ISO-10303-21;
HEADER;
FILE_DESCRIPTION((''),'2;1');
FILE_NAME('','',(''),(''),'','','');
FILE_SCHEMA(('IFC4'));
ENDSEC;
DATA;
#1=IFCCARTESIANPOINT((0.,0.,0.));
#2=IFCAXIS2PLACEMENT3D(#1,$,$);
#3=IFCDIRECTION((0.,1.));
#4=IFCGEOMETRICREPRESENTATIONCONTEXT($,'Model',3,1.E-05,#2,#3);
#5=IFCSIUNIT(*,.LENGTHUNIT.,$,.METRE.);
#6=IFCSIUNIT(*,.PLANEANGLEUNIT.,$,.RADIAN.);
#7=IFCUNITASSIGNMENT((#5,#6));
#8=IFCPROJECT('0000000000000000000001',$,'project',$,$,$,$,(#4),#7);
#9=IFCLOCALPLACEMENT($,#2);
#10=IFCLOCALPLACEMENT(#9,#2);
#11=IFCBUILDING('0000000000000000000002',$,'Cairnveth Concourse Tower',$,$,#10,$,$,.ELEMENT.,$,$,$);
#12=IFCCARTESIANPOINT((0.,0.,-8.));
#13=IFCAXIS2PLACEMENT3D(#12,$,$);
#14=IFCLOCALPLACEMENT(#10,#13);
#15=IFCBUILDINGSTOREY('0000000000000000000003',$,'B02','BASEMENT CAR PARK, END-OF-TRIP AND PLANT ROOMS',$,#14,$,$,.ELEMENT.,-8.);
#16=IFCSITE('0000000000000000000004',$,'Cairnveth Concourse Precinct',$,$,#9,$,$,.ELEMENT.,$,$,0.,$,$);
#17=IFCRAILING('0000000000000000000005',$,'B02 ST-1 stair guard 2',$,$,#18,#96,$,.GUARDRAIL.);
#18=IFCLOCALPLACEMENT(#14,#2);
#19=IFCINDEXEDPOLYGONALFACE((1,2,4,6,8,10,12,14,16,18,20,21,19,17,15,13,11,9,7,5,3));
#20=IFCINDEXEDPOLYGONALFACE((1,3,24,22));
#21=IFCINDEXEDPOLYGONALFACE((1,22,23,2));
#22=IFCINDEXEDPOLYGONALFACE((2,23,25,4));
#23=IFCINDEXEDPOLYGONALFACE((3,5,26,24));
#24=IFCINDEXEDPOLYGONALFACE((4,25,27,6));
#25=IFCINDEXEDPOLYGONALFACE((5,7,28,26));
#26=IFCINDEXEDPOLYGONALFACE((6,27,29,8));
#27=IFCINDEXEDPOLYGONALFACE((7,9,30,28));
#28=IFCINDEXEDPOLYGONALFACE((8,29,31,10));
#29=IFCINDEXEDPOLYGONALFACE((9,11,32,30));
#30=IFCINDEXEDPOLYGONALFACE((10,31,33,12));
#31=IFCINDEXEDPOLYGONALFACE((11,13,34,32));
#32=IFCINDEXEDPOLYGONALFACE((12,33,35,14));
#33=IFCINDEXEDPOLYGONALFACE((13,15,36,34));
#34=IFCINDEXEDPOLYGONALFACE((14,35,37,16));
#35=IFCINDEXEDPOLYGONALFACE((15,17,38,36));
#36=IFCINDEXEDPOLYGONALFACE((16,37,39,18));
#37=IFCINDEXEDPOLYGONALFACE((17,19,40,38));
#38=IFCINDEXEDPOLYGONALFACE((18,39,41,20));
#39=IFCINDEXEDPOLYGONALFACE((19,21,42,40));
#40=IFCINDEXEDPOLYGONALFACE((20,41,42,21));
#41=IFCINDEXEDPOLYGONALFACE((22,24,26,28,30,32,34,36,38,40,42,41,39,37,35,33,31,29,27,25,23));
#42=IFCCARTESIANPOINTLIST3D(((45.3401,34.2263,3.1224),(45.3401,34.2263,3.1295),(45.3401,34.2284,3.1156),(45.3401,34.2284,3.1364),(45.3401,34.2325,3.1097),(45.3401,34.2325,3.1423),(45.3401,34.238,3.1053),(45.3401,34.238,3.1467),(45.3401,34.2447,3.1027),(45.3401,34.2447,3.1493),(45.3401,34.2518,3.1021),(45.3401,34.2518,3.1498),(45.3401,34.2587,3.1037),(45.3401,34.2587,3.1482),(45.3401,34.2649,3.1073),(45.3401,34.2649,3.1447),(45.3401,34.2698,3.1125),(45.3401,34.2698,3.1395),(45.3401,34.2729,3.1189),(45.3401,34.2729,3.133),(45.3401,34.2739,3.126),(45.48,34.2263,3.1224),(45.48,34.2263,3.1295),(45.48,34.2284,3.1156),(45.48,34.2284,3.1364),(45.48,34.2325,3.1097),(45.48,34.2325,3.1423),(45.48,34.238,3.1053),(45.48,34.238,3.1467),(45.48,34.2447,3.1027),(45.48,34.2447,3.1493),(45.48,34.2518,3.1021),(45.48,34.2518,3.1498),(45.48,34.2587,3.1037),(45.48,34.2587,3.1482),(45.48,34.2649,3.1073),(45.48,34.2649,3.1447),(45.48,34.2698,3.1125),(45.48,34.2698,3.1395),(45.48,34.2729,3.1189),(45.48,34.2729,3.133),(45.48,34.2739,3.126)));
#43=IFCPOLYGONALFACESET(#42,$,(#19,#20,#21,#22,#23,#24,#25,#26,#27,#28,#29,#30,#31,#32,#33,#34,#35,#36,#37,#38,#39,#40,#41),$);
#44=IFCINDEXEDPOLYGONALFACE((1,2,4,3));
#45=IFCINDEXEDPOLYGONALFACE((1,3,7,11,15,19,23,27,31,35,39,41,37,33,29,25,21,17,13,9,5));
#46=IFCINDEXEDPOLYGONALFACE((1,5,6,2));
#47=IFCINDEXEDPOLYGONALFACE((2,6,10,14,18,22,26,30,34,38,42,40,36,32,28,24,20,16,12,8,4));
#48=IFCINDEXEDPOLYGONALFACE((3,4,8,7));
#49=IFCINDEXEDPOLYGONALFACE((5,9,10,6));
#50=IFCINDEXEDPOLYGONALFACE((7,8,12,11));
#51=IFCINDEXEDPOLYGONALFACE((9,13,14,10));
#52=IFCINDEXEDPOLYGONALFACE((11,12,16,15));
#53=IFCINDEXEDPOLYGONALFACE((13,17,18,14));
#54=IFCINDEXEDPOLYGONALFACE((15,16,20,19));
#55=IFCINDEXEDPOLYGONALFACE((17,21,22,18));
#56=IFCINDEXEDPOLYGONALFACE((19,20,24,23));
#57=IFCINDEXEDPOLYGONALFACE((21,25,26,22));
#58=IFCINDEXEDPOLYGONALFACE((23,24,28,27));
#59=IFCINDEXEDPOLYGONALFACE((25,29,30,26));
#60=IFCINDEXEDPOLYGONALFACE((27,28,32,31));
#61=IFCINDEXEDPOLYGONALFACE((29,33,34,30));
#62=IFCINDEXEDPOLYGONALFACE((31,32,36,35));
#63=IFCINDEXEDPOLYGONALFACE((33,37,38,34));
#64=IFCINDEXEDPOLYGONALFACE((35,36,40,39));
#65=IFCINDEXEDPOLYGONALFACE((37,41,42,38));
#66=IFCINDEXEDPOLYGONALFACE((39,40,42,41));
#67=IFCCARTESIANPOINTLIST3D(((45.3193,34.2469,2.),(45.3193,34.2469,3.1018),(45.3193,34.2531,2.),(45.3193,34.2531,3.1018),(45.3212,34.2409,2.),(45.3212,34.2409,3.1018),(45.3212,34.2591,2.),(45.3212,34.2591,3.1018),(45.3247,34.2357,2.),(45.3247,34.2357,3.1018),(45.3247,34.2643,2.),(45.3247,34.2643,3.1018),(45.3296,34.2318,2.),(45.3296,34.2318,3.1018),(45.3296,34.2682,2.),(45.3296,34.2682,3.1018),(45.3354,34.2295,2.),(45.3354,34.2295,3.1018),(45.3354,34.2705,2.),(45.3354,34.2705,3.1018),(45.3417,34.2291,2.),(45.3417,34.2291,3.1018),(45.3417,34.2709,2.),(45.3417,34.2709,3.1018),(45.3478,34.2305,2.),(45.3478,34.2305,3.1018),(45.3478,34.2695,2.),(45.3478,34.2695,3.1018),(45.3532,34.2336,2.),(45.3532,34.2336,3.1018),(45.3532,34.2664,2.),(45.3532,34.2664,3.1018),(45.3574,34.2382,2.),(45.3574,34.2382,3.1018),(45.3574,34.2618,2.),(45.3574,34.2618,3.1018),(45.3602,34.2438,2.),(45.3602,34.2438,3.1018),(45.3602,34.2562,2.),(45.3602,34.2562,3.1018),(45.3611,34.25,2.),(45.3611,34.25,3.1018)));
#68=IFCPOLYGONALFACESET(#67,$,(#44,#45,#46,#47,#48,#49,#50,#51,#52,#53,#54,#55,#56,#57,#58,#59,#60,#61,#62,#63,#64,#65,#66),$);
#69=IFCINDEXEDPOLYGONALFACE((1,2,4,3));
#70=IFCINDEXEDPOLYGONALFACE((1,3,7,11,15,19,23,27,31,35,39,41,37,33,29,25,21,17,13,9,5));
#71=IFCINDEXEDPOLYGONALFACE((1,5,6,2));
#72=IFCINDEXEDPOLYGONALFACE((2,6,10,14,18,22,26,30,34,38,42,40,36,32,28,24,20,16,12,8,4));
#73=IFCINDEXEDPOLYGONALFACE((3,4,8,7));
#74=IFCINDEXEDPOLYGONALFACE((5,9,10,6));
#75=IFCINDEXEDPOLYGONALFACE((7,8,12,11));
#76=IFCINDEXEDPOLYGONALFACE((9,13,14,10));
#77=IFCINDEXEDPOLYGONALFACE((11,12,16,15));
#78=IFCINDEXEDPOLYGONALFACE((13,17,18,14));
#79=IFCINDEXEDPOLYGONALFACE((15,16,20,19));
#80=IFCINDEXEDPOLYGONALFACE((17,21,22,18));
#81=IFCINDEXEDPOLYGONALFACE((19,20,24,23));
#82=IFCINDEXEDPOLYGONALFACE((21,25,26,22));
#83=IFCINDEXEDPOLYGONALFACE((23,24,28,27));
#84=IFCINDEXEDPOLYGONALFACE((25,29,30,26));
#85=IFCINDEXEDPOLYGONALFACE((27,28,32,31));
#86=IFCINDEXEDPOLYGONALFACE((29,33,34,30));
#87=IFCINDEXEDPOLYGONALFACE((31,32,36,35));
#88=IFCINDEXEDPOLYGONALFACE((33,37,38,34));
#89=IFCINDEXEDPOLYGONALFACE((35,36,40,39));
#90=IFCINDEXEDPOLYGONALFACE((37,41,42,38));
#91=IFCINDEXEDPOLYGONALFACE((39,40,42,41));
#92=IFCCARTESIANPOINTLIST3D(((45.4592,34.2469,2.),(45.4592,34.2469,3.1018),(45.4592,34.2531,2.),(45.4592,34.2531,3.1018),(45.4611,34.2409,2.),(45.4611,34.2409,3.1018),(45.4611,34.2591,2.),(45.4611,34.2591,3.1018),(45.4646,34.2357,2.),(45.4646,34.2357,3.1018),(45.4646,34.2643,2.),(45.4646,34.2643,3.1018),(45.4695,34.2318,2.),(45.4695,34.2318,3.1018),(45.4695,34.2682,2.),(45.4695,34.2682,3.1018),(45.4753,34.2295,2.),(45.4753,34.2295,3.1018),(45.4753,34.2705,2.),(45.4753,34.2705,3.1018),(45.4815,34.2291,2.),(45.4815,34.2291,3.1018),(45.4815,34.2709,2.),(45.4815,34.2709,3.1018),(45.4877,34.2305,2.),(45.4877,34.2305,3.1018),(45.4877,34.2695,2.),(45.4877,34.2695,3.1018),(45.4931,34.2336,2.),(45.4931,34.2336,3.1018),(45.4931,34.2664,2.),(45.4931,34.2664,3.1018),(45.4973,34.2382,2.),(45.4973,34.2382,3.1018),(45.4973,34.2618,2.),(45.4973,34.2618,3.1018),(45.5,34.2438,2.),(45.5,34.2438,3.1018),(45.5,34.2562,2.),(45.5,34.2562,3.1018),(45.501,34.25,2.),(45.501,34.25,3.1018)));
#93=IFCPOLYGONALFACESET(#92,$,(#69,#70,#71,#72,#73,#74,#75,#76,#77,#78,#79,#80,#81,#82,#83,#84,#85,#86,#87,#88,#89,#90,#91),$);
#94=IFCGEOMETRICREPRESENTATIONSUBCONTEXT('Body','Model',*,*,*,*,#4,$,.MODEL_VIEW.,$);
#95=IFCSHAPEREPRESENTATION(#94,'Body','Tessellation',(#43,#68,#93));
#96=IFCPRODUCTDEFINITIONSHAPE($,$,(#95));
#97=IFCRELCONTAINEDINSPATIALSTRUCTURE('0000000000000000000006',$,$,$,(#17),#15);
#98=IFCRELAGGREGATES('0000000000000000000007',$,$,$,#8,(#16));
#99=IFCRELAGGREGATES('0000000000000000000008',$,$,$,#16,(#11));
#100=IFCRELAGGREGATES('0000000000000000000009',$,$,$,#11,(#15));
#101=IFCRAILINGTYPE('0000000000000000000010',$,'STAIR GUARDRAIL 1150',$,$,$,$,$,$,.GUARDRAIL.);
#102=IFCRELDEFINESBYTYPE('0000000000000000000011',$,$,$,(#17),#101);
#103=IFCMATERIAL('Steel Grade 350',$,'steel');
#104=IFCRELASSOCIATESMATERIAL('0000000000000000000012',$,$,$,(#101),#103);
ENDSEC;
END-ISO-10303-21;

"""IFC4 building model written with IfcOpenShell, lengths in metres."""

from ifc_helpers import new_model, si_unit, direction, frame, origin, origin_2d, place, context, subcontext, project, spatial, circle, extrude, material, type_object, element, save


model = new_model("IFC4")

# Units and contexts
model_context = context("Model", 3, precision=1e-05, world=origin(), true_north=direction((0.0, 1.0)))
body_context = subcontext(model_context, "Body", "Model", "MODEL_VIEW")
ifc_project = project(units=[si_unit("LENGTHUNIT", "METRE"), si_unit("PLANEANGLEUNIT", "RADIAN")], contexts=[model_context])

# Site, building, storey
site_placement = place(None, origin())
site = spatial("IfcSite", under=ifc_project, at=site_placement, Name="Cairnveth Concourse Precinct", CompositionType="ELEMENT", RefElevation=0.0)
building_placement = place(site_placement, origin())
building = spatial("IfcBuilding", under=site, at=building_placement, Name="Cairnveth Concourse Tower", CompositionType="ELEMENT")
storey_placement = place(building_placement, frame((0.0, 0.0, -8.0)))
storey = spatial("IfcBuildingStorey", under=building, at=storey_placement, Name="B02", Description="BASEMENT CAR PARK, END-OF-TRIP AND PLANT ROOMS", CompositionType="ELEMENT", Elevation=-8.0)

# Shared definitions
ifc_material_1 = material(Name="Steel Grade 350", Category="steel")

# Railing
railing_type_1 = type_object("IfcRailingType", Name="STAIR GUARDRAIL 1150", PredefinedType="GUARDRAIL", material=ifc_material_1)
railing_1_placement = place(storey_placement, frame((45.3401, 34.25, 2.0)))
element("IfcRailing", 1, at=railing_1_placement, inside=storey, type_object=railing_type_1, Name="B02 ST-1 stair guard 2", PredefinedType="GUARDRAIL", context=body_context, shape_type="SweptSolid", body=[
    extrude(circle(Radius=0.0239, at=origin_2d()), frame((0.0, 0.0, 1.126), z_axis=(1.0, 0.0, 0.0), x_axis=(0.0, 1.0, 0.0)), (0.0, 0.0, 1.0), 0.1399),
    extrude(circle(Radius=0.021, at=origin_2d()), origin(), (0.0, 0.0, 1.0), 1.1018),
    extrude(circle(Radius=0.021, at=origin_2d()), frame((0.1399, 0.0, 0.0)), (0.0, 0.0, 1.0), 1.1018),
])

save(model, "model.ifc")
